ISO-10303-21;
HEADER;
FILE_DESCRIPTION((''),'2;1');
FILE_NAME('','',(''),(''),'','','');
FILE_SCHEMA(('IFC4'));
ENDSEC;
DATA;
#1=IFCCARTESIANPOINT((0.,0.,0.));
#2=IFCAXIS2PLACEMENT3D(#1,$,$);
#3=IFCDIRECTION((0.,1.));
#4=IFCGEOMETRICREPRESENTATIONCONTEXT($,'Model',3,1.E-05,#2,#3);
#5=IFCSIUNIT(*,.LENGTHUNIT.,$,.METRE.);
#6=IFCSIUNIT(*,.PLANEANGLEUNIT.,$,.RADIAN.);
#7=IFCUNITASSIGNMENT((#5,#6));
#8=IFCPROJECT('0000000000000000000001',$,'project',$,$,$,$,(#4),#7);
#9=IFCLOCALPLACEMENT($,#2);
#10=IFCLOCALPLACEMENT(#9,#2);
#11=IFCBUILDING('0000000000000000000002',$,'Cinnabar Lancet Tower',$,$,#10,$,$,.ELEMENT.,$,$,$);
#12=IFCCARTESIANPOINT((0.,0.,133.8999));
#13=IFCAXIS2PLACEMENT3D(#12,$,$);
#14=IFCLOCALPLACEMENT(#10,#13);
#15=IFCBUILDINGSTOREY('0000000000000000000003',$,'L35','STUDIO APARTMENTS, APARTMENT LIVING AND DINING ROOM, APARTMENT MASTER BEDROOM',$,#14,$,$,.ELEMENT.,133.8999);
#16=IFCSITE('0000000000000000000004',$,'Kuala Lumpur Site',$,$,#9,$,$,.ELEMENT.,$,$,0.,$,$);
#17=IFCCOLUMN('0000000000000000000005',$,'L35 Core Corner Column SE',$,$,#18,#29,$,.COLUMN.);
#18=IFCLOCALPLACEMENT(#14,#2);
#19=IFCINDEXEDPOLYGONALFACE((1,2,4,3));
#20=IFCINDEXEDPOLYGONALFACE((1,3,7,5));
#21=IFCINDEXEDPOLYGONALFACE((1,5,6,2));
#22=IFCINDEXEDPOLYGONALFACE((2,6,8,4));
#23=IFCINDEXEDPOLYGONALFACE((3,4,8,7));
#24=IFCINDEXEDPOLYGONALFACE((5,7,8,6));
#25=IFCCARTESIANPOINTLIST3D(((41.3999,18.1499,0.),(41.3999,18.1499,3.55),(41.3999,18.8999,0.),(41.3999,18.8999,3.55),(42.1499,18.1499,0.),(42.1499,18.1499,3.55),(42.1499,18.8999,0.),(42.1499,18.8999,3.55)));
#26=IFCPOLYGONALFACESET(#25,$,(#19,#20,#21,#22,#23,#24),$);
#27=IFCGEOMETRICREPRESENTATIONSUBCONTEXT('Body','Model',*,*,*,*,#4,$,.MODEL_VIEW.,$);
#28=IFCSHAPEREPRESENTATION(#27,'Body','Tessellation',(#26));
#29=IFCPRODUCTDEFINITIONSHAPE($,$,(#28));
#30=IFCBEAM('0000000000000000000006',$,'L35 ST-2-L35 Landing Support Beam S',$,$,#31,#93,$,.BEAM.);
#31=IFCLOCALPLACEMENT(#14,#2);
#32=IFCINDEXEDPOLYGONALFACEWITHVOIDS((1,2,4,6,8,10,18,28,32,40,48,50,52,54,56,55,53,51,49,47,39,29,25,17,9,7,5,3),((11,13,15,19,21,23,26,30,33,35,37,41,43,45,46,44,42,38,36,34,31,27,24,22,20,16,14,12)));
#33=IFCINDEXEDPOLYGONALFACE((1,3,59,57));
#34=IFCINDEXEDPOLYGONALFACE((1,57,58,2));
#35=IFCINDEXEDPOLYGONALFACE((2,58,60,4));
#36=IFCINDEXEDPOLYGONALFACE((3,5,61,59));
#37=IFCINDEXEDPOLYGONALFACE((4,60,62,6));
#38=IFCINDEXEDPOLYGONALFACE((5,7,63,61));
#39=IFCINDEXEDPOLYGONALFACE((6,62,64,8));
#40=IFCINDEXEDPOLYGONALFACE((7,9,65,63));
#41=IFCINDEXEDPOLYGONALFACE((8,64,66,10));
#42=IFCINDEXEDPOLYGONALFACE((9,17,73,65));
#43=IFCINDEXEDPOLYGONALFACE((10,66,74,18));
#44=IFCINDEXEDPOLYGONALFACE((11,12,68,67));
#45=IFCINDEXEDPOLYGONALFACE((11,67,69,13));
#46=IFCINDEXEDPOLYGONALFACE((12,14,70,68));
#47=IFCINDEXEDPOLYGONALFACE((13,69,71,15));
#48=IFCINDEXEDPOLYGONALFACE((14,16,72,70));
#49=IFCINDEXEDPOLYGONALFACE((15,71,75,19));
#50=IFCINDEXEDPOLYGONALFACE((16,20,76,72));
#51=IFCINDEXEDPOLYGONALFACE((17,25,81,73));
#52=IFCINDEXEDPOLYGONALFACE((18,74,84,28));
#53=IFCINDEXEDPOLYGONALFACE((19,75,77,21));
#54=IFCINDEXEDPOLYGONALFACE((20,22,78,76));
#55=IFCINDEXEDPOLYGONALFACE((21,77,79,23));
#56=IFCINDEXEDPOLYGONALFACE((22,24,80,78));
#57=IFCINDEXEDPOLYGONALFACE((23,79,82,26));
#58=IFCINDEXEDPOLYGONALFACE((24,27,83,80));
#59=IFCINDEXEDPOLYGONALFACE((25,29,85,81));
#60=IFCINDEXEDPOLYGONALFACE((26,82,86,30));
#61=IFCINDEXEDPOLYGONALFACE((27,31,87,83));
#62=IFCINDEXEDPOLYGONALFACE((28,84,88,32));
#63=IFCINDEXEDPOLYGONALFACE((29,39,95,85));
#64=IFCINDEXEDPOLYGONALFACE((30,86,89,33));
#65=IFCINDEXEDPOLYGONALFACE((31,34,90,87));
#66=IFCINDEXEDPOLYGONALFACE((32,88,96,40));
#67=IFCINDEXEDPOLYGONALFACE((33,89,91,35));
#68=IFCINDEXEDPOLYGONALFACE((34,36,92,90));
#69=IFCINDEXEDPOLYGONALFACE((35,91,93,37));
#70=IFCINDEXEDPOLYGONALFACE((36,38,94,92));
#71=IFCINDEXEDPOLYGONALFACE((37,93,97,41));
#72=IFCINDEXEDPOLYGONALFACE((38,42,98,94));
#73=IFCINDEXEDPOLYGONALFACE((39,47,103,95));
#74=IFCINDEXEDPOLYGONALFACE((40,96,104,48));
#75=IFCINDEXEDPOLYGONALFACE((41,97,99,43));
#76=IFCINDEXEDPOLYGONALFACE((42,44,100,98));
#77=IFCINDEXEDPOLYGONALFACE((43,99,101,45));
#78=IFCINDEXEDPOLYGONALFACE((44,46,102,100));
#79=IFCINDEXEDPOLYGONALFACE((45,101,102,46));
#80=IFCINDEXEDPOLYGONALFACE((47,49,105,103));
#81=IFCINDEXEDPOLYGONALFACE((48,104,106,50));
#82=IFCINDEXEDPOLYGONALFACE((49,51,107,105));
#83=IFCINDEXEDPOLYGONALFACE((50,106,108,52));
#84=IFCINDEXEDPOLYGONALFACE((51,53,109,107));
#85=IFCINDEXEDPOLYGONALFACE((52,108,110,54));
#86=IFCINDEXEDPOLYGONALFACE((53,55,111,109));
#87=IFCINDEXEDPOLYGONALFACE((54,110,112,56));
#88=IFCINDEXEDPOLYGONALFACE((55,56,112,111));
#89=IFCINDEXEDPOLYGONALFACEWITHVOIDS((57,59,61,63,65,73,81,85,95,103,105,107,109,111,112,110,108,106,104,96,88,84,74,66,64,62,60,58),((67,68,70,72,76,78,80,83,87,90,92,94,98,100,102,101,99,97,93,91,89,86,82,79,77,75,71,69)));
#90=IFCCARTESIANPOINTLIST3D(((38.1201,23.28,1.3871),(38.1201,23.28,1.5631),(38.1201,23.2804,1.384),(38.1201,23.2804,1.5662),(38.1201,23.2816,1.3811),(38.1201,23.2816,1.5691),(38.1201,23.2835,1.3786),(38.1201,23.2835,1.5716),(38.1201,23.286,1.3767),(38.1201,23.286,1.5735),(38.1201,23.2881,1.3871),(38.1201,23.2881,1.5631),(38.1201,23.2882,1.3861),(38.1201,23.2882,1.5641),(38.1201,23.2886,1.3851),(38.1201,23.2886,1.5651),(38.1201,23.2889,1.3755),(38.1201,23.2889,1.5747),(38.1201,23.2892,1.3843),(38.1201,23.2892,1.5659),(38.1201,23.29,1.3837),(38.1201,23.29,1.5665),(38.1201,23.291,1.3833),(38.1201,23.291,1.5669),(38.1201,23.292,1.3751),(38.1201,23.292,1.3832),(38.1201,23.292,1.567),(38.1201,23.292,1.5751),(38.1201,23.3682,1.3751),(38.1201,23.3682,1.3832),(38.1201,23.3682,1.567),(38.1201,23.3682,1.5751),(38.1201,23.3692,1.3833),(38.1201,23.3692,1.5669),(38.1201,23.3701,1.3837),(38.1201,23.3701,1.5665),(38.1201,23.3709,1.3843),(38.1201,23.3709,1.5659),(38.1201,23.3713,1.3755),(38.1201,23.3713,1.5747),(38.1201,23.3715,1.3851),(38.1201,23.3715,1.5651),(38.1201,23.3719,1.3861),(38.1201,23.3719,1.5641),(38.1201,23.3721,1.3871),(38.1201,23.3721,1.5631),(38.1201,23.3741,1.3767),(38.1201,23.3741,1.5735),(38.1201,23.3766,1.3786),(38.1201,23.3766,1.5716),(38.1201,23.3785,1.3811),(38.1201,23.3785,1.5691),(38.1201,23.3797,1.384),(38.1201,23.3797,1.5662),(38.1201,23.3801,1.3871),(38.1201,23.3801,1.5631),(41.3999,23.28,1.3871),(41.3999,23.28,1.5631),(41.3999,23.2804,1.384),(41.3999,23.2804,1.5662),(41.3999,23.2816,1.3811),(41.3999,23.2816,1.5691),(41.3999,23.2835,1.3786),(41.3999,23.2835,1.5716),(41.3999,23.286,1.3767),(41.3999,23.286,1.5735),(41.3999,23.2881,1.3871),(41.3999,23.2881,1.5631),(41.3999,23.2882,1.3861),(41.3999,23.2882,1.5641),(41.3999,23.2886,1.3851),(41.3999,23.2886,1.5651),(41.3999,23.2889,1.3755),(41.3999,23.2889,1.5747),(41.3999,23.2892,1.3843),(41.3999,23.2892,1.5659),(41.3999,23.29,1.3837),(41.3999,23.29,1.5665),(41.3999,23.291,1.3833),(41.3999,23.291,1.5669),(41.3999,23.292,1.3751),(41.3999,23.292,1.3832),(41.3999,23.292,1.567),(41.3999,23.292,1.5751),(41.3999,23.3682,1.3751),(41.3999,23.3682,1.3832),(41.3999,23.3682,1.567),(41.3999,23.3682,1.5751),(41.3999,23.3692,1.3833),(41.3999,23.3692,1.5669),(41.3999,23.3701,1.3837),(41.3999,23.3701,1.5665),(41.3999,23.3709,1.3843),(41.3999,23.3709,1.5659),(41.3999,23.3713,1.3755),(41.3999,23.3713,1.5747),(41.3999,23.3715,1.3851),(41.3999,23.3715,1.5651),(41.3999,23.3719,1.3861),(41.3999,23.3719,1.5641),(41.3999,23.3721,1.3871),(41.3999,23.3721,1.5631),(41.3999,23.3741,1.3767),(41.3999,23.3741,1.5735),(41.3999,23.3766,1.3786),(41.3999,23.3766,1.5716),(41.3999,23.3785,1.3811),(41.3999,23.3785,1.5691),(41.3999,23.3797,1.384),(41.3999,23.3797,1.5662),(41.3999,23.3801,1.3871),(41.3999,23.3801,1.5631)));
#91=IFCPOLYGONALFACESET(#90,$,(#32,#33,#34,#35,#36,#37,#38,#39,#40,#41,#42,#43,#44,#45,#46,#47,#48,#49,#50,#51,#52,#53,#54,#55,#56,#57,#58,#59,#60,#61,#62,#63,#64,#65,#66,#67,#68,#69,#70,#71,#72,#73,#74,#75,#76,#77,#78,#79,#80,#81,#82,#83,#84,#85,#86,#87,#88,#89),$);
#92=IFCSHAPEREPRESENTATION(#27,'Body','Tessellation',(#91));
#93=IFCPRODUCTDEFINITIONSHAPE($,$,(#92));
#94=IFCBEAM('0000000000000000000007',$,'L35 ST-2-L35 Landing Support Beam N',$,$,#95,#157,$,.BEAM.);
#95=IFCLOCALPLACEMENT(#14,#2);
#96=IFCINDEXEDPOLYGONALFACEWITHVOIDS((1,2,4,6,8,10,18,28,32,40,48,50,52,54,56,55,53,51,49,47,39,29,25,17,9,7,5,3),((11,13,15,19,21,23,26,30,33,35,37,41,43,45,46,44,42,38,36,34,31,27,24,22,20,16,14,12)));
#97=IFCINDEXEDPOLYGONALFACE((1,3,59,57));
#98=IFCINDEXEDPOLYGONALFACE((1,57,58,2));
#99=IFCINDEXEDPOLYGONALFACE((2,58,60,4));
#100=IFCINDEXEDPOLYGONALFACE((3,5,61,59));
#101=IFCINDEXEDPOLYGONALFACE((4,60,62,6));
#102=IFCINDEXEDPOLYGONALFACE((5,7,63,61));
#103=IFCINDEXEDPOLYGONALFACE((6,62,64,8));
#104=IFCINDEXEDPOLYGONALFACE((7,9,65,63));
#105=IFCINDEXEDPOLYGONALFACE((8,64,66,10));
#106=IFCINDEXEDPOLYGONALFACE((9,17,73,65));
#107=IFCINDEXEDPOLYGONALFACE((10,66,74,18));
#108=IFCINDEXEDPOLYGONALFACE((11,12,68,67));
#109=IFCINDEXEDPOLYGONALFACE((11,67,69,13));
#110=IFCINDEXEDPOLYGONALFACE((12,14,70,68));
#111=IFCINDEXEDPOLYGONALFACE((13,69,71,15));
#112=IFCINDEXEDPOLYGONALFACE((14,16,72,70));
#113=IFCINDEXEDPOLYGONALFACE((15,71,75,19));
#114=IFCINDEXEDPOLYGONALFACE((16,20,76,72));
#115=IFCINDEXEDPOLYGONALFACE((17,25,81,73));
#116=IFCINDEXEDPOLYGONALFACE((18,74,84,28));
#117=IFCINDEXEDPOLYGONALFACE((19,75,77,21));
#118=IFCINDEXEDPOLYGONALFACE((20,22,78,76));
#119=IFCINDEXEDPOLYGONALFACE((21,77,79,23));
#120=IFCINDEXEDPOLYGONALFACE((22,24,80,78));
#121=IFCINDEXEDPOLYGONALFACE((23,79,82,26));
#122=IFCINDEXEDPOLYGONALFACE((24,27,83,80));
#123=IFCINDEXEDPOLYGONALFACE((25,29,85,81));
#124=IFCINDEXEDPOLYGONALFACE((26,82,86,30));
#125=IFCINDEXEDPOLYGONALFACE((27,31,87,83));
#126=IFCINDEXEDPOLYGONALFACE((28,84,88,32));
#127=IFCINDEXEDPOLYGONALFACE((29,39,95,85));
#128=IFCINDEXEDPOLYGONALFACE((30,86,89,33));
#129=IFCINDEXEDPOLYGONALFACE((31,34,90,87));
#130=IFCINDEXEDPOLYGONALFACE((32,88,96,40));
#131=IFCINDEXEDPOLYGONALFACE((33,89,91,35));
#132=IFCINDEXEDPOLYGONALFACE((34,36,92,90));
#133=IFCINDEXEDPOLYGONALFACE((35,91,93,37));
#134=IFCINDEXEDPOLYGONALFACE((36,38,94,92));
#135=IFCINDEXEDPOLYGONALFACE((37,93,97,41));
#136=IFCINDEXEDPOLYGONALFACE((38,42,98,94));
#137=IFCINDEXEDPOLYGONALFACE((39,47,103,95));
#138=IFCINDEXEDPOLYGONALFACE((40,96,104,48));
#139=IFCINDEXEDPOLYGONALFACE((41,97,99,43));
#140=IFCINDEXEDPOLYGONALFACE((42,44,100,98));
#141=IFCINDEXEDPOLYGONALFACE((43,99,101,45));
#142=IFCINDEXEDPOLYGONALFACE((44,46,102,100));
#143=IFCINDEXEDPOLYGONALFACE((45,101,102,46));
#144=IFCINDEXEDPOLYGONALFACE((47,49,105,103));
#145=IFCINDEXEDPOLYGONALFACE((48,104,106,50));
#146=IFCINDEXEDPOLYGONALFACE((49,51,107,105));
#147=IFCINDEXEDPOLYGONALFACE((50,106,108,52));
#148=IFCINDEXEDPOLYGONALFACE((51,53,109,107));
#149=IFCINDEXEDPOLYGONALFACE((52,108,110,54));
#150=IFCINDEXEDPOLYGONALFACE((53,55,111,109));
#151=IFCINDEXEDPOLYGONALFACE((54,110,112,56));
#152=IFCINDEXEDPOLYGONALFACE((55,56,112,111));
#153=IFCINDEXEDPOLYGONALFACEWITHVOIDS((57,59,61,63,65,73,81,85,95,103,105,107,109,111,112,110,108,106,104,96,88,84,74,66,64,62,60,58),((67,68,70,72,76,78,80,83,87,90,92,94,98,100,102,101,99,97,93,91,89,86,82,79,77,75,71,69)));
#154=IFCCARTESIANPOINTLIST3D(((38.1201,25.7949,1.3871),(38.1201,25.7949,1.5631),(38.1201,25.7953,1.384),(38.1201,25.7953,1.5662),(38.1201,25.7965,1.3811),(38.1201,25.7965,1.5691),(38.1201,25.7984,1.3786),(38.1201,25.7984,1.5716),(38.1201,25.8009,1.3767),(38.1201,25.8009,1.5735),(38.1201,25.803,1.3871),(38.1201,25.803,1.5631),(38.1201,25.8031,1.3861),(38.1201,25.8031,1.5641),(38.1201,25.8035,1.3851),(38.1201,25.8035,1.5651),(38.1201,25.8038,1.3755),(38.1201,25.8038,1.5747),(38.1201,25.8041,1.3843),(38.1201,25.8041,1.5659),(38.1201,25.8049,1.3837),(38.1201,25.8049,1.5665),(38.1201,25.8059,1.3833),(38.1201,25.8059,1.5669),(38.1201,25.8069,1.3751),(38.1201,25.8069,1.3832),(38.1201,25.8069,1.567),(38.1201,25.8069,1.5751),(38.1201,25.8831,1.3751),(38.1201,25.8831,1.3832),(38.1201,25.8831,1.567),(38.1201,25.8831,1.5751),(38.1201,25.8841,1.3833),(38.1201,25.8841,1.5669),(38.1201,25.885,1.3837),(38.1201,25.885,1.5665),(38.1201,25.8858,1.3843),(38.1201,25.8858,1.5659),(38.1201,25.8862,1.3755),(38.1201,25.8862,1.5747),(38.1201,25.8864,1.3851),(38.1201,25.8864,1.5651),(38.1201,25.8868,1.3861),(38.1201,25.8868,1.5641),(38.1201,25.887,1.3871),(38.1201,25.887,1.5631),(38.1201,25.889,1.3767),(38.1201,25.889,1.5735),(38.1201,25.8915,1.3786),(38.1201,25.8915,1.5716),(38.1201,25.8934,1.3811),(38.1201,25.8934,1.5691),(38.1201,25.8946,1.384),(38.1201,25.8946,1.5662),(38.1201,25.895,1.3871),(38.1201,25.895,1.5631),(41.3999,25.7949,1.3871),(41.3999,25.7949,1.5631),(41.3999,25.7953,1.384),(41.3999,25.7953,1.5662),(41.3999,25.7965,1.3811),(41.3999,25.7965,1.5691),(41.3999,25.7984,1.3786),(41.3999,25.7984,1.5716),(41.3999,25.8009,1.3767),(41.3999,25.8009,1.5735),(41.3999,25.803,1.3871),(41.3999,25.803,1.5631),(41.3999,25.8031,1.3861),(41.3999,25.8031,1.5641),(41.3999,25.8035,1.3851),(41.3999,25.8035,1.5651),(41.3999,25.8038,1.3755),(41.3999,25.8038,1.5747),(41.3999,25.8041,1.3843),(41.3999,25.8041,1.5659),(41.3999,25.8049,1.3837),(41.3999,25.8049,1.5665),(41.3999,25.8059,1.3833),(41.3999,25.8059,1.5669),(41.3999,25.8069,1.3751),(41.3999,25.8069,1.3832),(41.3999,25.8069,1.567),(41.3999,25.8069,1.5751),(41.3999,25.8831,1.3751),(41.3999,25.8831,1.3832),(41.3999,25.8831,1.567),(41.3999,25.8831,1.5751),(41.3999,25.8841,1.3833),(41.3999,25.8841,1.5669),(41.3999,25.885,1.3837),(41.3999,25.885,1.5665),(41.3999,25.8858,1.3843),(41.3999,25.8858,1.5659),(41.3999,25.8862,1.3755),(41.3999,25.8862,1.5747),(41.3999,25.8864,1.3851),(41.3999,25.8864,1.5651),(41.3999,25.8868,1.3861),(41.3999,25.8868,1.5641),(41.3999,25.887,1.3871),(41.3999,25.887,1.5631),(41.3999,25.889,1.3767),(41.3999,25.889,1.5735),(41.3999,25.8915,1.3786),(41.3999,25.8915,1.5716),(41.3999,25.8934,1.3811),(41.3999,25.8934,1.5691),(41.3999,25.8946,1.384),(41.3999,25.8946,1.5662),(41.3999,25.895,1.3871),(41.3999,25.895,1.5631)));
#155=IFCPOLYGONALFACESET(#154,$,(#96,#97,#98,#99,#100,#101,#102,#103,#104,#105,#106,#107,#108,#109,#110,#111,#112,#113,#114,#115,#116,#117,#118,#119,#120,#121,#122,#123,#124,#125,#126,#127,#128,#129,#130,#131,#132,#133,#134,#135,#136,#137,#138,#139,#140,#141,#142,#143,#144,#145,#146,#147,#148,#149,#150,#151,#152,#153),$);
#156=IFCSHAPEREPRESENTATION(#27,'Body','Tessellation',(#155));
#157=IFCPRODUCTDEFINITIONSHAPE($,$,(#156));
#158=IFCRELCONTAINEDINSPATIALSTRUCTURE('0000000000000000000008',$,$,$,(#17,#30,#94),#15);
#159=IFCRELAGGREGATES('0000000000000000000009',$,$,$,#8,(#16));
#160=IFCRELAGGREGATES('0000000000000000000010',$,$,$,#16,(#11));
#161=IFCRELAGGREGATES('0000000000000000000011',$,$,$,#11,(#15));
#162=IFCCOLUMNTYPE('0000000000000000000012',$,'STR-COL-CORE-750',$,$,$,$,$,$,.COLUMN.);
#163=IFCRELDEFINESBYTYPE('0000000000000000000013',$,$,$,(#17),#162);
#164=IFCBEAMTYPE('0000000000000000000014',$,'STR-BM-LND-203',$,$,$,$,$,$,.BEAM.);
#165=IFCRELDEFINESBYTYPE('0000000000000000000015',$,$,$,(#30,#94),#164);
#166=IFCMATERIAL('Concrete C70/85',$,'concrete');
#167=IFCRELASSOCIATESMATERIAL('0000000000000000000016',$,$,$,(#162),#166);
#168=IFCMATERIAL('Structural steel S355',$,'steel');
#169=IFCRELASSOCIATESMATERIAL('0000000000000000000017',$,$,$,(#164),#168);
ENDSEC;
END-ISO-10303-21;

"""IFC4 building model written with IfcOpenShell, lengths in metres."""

from ifc_helpers import new_model, si_unit, direction, frame, origin, origin_2d, place, context, subcontext, project, spatial, rectangle, hollow_rectangle, extrude, material, material_profile, profile_set, type_object, element, save


model = new_model("IFC4")

# Units and contexts
model_context = context("Model", 3, precision=1e-05, world=origin(), true_north=direction((0.0, 1.0)))
body_context = subcontext(model_context, "Body", "Model", "MODEL_VIEW")
ifc_project = project(units=[si_unit("LENGTHUNIT", "METRE"), si_unit("PLANEANGLEUNIT", "RADIAN")], contexts=[model_context])

# Site, building, storey
site_placement = place(None, origin())
site = spatial("IfcSite", under=ifc_project, at=site_placement, Name="Kuala Lumpur Site", CompositionType="ELEMENT", RefElevation=0.0)
building_placement = place(site_placement, origin())
building = spatial("IfcBuilding", under=site, at=building_placement, Name="Cinnabar Lancet Tower", CompositionType="ELEMENT")
storey_placement = place(building_placement, frame((0.0, 0.0, 133.8999)))
storey = spatial("IfcBuildingStorey", under=building, at=storey_placement, Name="L35", Description="STUDIO APARTMENTS, APARTMENT LIVING AND DINING ROOM, APARTMENT MASTER BEDROOM", CompositionType="ELEMENT", Elevation=133.8999)

# Column
ifc_material_1 = material(Name="Concrete C70/85", Category="concrete")
ifc_material_profile_1 = material_profile(ifc_material_1, rectangle(XDim=0.75, YDim=0.75, at=origin_2d()), Name="RC-COL 750x750")
ifc_profile_set_1 = profile_set([ifc_material_profile_1], Name="Concrete C70/85")
column_type = type_object("IfcColumnType", Name="STR-COL-CORE-750", PredefinedType="COLUMN", material=ifc_profile_set_1)
column_placement = place(storey_placement, frame((41.7749, 18.5249, 0.0), z_axis=(0.0, 0.0, 1.0), x_axis=(1.0, 0.0, 0.0)))
element("IfcColumn", 1, at=column_placement, inside=storey, type_object=column_type, Name="L35 Core Corner Column SE", PredefinedType="COLUMN", context=body_context, shape_type="SweptSolid", body=[
    extrude(rectangle(XDim=0.75, YDim=0.75, at=origin_2d()), origin(), (0.0, 0.0, 1.0), 3.55),
])

# Beams
ifc_material_2 = material(Name="Structural steel S355", Category="steel")
ifc_material_profile_2 = material_profile(ifc_material_2, hollow_rectangle(XDim=0.1001, YDim=0.2, WallThickness=0.0081, InnerFilletRadius=0.0039, OuterFilletRadius=0.012, at=origin_2d()), Name="RHS 200x100x8")
ifc_profile_set_2 = profile_set([ifc_material_profile_2], Name="Structural steel S355")
beam_type = type_object("IfcBeamType", Name="STR-BM-LND-203", PredefinedType="BEAM", material=ifc_profile_set_2)
for number, where, z_axis, x_axis, name in (
    (2, (38.1201, 23.3301, 1.4751), (1.0, 0.0, 0.0), (0.0, 1.0, 0.0), "L35 ST-2-L35 Landing Support Beam S"),
    (3, (38.1201, 25.845, 1.4751), (1.0, 0.0, 0.0), (0.0, 1.0, 0.0), "L35 ST-2-L35 Landing Support Beam N"),
):
    element("IfcBeam", number, at=place(storey_placement, frame(where, z_axis=z_axis, x_axis=x_axis)), inside=storey, type_object=beam_type, Name=name, PredefinedType="BEAM", context=body_context, shape_type="SweptSolid", body=[
        extrude(hollow_rectangle(XDim=0.1001, YDim=0.2, WallThickness=0.0081, InnerFilletRadius=0.0039, OuterFilletRadius=0.012, at=origin_2d()), origin(), (0.0, 0.0, 1.0), 3.2798),
    ])

save(model, "model.ifc")
